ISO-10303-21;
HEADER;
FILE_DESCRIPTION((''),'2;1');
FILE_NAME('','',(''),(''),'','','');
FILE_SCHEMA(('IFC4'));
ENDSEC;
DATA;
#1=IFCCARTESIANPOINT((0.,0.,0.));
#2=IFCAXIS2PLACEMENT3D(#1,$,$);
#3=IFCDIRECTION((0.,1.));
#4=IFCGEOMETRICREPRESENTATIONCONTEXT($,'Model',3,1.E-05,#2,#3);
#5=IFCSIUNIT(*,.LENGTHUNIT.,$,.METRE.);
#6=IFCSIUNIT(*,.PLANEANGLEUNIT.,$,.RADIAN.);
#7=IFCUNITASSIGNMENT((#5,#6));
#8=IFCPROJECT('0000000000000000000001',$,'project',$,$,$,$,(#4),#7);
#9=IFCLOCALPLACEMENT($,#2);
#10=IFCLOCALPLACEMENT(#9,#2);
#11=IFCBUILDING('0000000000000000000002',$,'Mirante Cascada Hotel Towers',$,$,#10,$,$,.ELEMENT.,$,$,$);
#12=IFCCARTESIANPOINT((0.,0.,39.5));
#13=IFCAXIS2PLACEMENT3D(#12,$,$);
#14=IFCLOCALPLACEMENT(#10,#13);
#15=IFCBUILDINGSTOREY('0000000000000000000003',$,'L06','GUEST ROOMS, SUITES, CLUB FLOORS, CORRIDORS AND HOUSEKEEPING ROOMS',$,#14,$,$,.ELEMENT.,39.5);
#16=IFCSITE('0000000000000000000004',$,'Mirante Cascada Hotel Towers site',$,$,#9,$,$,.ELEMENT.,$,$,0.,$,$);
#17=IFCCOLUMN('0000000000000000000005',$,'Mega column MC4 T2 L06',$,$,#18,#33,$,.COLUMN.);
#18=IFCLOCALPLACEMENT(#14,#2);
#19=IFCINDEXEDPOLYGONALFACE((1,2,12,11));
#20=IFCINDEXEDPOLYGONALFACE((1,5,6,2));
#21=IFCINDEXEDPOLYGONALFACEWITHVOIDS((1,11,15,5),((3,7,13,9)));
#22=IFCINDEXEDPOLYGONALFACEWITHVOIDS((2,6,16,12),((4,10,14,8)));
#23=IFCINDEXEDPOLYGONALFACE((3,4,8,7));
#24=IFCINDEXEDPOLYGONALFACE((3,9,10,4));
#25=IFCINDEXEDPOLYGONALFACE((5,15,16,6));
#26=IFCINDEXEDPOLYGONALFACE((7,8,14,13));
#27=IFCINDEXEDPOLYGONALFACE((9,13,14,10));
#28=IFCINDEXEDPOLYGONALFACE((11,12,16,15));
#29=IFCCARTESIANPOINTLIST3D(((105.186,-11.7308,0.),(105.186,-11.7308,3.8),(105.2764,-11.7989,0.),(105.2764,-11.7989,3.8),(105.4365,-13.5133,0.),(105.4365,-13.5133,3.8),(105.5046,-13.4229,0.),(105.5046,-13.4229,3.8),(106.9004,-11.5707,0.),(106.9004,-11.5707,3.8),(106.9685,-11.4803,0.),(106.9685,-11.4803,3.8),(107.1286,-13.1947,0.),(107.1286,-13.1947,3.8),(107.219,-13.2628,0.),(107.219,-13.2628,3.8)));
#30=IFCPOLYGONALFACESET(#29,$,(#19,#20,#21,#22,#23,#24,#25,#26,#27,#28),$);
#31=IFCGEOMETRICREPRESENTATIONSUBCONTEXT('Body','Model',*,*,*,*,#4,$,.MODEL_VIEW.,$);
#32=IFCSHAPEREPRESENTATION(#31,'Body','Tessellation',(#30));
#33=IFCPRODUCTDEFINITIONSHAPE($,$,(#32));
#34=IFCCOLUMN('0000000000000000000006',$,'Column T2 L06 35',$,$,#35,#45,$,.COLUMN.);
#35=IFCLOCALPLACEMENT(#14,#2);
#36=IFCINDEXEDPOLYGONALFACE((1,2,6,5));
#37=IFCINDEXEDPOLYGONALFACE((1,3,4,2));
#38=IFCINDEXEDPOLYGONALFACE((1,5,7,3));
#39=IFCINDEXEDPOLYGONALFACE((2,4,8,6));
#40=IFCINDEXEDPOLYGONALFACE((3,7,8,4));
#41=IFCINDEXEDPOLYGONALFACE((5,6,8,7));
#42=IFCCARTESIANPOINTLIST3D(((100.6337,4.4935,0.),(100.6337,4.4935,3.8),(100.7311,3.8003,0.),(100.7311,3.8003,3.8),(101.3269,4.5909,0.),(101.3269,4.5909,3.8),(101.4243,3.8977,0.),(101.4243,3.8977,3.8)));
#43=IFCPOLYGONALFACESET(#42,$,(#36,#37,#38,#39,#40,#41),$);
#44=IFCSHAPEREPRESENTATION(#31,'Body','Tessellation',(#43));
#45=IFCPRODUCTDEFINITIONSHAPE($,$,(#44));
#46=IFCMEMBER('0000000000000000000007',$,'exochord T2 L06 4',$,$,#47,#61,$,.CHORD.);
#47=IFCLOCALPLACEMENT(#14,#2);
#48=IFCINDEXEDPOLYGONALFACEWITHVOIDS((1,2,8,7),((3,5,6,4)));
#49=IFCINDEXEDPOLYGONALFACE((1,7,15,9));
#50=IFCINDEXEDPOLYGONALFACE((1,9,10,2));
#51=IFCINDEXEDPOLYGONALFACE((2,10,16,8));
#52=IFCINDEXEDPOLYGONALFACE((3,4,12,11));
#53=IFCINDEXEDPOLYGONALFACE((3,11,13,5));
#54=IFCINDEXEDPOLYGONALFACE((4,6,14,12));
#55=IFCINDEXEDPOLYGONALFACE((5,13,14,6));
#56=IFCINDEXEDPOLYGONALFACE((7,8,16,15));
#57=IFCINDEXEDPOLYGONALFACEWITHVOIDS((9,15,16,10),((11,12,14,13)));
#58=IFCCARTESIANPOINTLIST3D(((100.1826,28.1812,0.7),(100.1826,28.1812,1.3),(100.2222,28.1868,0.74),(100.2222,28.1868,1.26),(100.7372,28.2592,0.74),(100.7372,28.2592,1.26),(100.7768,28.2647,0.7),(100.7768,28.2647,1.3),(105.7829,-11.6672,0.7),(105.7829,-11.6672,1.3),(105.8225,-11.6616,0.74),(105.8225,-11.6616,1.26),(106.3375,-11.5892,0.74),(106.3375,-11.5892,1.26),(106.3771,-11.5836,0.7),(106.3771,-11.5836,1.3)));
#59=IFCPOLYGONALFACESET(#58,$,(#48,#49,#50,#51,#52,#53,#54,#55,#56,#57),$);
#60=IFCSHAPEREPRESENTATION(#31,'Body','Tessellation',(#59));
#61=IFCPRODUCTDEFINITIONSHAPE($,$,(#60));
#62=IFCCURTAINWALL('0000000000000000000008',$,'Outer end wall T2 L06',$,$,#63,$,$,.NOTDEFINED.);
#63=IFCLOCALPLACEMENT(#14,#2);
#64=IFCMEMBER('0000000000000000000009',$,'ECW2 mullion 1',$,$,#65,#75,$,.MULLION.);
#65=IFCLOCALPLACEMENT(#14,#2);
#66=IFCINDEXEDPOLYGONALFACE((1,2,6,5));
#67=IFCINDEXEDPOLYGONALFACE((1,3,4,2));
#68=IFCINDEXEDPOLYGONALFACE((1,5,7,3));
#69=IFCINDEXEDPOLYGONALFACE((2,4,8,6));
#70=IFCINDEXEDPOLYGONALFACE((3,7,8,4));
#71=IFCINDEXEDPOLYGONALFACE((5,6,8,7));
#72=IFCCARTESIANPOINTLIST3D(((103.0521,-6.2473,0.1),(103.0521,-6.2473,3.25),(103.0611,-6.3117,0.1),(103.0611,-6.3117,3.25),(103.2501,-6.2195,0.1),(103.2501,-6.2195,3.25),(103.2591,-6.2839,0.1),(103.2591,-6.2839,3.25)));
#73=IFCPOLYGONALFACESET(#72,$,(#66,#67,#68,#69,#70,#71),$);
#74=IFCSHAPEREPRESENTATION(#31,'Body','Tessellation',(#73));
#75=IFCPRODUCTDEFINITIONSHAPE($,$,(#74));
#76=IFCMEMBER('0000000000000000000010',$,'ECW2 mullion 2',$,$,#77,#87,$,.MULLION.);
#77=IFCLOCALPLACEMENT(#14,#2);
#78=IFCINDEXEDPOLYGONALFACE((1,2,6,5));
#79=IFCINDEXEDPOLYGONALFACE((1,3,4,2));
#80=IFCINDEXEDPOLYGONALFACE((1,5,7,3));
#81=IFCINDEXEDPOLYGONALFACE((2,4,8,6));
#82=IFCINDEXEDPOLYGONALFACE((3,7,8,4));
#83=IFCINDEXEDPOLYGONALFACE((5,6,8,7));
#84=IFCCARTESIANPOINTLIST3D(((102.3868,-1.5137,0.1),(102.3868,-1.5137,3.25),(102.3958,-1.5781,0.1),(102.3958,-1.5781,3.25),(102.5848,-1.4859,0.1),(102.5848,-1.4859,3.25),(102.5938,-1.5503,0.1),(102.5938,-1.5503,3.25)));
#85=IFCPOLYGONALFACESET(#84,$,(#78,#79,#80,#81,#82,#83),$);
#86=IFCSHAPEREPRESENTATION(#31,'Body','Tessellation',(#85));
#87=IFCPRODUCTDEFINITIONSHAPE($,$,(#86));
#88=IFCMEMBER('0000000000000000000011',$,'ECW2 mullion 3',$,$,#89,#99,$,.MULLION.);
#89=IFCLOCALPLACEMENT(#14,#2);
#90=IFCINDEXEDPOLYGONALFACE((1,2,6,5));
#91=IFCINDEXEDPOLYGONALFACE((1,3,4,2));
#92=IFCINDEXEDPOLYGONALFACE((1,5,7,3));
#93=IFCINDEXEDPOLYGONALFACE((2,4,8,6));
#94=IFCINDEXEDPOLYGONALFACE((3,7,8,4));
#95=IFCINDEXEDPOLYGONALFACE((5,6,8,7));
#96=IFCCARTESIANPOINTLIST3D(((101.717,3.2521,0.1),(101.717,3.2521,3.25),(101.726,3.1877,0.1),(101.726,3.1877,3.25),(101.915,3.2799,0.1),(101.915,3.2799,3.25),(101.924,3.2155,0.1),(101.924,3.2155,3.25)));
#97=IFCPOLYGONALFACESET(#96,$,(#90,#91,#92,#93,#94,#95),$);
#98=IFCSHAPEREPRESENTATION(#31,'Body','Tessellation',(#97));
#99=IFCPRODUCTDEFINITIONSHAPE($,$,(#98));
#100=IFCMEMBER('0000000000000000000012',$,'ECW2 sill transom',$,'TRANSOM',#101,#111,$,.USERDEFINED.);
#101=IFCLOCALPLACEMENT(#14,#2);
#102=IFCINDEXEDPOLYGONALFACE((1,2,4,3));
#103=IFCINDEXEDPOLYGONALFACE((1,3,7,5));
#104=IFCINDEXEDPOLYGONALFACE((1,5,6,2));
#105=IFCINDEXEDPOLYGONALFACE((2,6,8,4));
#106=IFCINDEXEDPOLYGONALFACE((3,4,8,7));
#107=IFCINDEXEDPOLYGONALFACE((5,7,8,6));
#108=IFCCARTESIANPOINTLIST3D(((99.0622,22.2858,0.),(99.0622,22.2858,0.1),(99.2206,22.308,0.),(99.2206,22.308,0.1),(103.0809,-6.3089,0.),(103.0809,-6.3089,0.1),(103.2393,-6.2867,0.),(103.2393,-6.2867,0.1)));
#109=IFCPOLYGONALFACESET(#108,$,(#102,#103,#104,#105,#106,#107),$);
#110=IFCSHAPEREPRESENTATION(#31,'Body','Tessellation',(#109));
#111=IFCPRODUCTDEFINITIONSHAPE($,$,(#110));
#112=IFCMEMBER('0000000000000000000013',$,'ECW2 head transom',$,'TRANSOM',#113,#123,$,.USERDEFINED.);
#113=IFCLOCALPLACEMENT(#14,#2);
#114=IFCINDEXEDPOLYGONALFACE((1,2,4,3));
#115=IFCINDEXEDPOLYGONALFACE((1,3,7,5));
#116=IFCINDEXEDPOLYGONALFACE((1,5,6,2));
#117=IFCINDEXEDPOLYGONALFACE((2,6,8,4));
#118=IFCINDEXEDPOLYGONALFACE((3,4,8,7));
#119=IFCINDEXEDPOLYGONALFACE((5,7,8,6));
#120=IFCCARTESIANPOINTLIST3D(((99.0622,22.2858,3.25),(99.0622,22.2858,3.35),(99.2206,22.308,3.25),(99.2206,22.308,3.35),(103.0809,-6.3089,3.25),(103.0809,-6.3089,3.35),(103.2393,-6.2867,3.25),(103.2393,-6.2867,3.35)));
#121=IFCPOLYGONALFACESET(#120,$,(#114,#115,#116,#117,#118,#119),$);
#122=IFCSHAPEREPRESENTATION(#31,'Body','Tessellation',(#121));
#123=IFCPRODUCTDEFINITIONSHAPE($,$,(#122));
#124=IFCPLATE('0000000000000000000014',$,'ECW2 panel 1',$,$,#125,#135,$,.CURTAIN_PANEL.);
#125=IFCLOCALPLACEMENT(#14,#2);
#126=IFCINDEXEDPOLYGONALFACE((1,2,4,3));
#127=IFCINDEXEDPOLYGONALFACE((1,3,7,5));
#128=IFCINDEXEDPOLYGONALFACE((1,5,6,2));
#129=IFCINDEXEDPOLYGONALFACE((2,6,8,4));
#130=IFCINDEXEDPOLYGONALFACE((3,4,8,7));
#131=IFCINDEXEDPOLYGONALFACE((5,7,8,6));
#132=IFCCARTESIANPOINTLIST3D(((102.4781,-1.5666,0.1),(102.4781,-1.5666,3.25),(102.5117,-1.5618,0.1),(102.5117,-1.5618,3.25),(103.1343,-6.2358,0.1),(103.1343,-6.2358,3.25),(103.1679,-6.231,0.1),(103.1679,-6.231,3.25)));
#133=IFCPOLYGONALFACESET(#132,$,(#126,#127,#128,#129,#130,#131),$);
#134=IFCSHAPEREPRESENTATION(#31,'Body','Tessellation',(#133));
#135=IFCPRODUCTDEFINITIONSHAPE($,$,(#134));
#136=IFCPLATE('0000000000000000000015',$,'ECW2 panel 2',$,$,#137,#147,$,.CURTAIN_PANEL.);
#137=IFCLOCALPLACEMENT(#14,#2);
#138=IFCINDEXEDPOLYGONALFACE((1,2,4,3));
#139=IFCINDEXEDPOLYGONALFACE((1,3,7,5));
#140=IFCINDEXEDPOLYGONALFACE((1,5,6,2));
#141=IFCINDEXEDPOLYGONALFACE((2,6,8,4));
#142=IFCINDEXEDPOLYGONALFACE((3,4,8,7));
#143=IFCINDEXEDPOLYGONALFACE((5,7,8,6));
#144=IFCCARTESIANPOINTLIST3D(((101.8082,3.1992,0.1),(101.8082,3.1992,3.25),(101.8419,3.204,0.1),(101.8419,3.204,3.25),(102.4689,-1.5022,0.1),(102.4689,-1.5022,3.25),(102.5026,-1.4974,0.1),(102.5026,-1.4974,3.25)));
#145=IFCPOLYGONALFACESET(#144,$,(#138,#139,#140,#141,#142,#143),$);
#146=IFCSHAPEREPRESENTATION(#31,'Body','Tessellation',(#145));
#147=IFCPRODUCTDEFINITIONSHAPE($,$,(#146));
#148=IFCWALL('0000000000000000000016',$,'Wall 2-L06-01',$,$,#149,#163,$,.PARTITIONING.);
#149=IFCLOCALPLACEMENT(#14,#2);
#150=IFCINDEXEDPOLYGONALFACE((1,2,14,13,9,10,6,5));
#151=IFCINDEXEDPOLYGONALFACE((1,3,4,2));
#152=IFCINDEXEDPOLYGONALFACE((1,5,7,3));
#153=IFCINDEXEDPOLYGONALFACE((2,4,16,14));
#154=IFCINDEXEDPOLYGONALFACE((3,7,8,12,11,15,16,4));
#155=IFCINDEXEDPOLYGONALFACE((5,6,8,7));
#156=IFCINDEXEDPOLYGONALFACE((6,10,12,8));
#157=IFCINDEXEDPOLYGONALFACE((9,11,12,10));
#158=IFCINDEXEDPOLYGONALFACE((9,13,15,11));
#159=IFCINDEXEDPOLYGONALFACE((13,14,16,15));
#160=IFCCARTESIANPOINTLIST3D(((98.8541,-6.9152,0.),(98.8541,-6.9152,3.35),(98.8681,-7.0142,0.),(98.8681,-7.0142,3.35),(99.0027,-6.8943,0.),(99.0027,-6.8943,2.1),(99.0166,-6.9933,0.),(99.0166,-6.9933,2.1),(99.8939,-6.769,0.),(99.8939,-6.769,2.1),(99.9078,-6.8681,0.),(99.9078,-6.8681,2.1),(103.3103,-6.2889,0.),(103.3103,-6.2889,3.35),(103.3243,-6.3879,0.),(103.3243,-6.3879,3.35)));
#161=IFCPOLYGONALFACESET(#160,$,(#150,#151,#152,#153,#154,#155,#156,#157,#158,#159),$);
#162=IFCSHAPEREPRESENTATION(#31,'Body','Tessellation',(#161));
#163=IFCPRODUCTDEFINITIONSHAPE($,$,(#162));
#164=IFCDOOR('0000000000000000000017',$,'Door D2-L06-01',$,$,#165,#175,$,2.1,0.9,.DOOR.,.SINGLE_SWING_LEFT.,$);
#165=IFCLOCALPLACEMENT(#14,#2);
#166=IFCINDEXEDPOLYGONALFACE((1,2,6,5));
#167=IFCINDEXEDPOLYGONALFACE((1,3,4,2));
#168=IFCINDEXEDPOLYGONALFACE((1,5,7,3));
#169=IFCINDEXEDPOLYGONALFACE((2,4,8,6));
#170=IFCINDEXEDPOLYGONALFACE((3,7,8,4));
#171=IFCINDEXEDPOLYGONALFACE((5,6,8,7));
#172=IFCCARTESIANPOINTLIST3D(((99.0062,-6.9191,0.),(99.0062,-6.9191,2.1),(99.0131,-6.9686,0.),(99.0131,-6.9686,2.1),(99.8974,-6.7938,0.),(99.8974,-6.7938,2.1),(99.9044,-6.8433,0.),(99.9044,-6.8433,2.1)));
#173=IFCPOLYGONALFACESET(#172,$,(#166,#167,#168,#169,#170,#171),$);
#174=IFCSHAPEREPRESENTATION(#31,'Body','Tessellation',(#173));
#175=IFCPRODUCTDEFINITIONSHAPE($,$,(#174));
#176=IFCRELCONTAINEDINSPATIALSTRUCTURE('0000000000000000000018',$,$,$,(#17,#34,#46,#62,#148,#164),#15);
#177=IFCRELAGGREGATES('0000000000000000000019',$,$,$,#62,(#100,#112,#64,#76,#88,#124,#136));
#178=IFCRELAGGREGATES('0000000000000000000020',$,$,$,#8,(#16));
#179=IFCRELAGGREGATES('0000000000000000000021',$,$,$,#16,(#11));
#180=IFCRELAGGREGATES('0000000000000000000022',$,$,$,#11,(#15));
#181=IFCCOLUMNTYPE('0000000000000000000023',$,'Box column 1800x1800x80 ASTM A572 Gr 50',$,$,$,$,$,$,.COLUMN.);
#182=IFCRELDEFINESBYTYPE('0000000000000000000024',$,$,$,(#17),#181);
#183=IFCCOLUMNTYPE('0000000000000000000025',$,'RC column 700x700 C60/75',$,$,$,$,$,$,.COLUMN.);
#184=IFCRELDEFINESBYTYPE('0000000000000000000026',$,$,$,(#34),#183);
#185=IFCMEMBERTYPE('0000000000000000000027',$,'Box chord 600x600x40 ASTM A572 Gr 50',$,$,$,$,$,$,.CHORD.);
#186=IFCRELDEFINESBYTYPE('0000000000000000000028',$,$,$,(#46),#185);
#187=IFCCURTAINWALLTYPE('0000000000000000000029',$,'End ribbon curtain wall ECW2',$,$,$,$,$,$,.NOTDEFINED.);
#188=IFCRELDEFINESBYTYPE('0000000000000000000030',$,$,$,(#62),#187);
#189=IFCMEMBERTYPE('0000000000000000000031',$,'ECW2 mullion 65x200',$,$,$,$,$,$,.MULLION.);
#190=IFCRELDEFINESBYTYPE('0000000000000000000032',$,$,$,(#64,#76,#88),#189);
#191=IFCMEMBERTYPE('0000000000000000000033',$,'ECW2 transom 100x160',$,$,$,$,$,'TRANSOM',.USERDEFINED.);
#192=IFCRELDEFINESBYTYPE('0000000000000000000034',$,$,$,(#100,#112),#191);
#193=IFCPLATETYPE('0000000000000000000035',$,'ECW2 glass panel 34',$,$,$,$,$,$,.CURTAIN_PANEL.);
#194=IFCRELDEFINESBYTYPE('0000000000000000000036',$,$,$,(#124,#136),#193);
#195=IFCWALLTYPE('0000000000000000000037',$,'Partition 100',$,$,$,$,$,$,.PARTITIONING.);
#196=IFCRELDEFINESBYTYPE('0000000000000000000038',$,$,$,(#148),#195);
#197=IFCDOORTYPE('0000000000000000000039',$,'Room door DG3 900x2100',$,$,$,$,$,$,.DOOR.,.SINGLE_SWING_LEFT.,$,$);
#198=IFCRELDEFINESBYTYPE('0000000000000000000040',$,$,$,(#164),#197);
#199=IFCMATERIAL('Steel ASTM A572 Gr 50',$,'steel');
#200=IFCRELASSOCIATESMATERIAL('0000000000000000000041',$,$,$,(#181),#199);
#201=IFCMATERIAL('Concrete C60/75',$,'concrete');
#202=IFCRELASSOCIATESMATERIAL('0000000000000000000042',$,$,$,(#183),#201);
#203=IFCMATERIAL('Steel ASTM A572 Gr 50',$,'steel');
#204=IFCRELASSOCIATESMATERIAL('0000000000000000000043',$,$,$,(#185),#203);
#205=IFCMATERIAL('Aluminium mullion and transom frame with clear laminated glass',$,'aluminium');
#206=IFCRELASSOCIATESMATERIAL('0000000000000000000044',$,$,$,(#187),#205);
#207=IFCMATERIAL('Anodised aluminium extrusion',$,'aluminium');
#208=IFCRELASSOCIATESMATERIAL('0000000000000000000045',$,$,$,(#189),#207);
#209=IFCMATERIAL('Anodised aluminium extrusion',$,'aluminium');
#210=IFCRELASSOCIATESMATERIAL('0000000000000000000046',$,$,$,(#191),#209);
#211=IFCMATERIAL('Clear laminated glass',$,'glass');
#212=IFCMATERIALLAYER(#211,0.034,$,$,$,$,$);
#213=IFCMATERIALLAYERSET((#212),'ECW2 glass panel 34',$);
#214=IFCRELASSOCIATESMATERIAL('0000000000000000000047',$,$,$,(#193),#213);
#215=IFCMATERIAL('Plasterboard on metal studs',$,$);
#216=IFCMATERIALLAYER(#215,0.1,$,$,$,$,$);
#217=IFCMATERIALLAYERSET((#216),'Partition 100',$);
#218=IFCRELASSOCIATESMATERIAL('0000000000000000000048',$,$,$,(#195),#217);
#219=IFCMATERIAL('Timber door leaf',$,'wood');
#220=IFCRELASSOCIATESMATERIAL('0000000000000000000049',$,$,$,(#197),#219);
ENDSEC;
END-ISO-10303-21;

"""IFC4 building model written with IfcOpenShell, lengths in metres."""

from ifc_helpers import new_model, si_unit, direction, frame, frame_2d, origin, origin_2d, place, context, subcontext, project, spatial, rectangle, hollow_rectangle, extrude, material, layer, layer_set, material_profile, profile_set, type_object, element, fill, aggregate, save


model = new_model("IFC4")

# Units and contexts
model_context = context("Model", 3, precision=1e-05, world=origin(), true_north=direction((0.0, 1.0)))
body_context = subcontext(model_context, "Body", "Model", "MODEL_VIEW")
ifc_project = project(units=[si_unit("LENGTHUNIT", "METRE"), si_unit("PLANEANGLEUNIT", "RADIAN")], contexts=[model_context])

# Site, building, storey
site_placement = place(None, origin())
site = spatial("IfcSite", under=ifc_project, at=site_placement, Name="Mirante Cascada Hotel Towers site", CompositionType="ELEMENT", RefElevation=0.0)
building_placement = place(site_placement, origin())
building = spatial("IfcBuilding", under=site, at=building_placement, Name="Mirante Cascada Hotel Towers", CompositionType="ELEMENT")
storey_placement = place(building_placement, frame((0.0, 0.0, 39.5)))
storey = spatial("IfcBuildingStorey", under=building, at=storey_placement, Name="L06", Description="GUEST ROOMS, SUITES, CLUB FLOORS, CORRIDORS AND HOUSEKEEPING ROOMS", CompositionType="ELEMENT", Elevation=39.5)

# Columns
ifc_material_1 = material(Name="Steel ASTM A572 Gr 50", Category="steel")
ifc_material_profile_1 = material_profile(ifc_material_1, hollow_rectangle(XDim=1.8, YDim=1.8, WallThickness=0.08, at=origin_2d()), Name="Box column 1800x1800x80 ASTM A572 Gr 50")
ifc_profile_set_1 = profile_set([ifc_material_profile_1], Name="Steel ASTM A572 Gr 50")
column_type_1 = type_object("IfcColumnType", Name="Box column 1800x1800x80 ASTM A572 Gr 50", PredefinedType="COLUMN", material=ifc_profile_set_1)
column_1_placement = place(storey_placement, frame((106.2025, -12.4968, 0.0), z_axis=(0.0, 0.0, 1.0), x_axis=(0.990268, 0.139173, 0.0)))
element("IfcColumn", 1, at=column_1_placement, inside=storey, type_object=column_type_1, Name="Mega column MC4 T2 L06", PredefinedType="COLUMN", context=body_context, shape_type="SweptSolid", body=[
    extrude(hollow_rectangle(XDim=1.8, YDim=1.8, WallThickness=0.08, at=origin_2d()), origin(), (0.0, 0.0, 1.0), 3.8),
])
ifc_material_2 = material(Name="Concrete C60/75", Category="concrete")
ifc_material_profile_2 = material_profile(ifc_material_2, rectangle(XDim=0.7, YDim=0.7, at=origin_2d()), Name="RC column 700x700 C60/75")
ifc_profile_set_2 = profile_set([ifc_material_profile_2], Name="Concrete C60/75")
column_type_2 = type_object("IfcColumnType", Name="RC column 700x700 C60/75", PredefinedType="COLUMN", material=ifc_profile_set_2)
column_2_placement = place(storey_placement, frame((101.029, 4.1956, 0.0), z_axis=(0.0, 0.0, 1.0), x_axis=(0.990268, 0.139173, 0.0)))
element("IfcColumn", 2, at=column_2_placement, inside=storey, type_object=column_type_2, Name="Column T2 L06 35", PredefinedType="COLUMN", context=body_context, shape_type="SweptSolid", body=[
    extrude(rectangle(XDim=0.7, YDim=0.7, at=origin_2d()), origin(), (0.0, 0.0, 1.0), 3.8),
])

# Member
ifc_material_3 = material(Name="Steel ASTM A572 Gr 50", Category="steel")
ifc_material_profile_3 = material_profile(ifc_material_3, hollow_rectangle(XDim=0.6, YDim=0.6, WallThickness=0.04, at=origin_2d()), Name="Box chord 600x600x40 ASTM A572 Gr 50")
ifc_profile_set_3 = profile_set([ifc_material_profile_3], Name="Steel ASTM A572 Gr 50")
member_type_1 = type_object("IfcMemberType", Name="Box chord 600x600x40 ASTM A572 Gr 50", PredefinedType="CHORD", material=ifc_profile_set_3)
member_1_placement = place(storey_placement, frame((106.08, -11.6254, 1.0), z_axis=(-0.139172, 0.990268, 0.0), x_axis=(-0.990268, -0.139172, 0.0)))
element("IfcMember", 3, at=member_1_placement, inside=storey, type_object=member_type_1, Name="exochord T2 L06 4", PredefinedType="CHORD", context=body_context, shape_type="SweptSolid", body=[
    extrude(hollow_rectangle(XDim=0.6, YDim=0.6, WallThickness=0.04, at=origin_2d()), origin(), (0.0, 0.0, 1.0), 40.24),
])

# Curtain wall, members, plates
ifc_material_4 = material(Name="Aluminium mullion and transom frame with clear laminated glass", Category="aluminium")
curtain_wall_type = type_object("IfcCurtainWallType", Name="End ribbon curtain wall ECW2", PredefinedType="NOTDEFINED", material=ifc_material_4)
curtain_wall_placement = place(storey_placement, origin())
curtain_wall = element("IfcCurtainWall", 4, at=curtain_wall_placement, inside=storey, type_object=curtain_wall_type, Name="Outer end wall T2 L06", PredefinedType="NOTDEFINED")
ifc_material_5 = material(Name="Anodised aluminium extrusion", Category="aluminium")
ifc_material_profile_4 = material_profile(ifc_material_5, rectangle(XDim=0.2, YDim=0.065, at=origin_2d()), Name="ECW2 MULLION 65x200")
ifc_profile_set_4 = profile_set([ifc_material_profile_4], Name="Anodised aluminium extrusion")
member_type_2 = type_object("IfcMemberType", Name="ECW2 mullion 65x200", PredefinedType="MULLION", material=ifc_profile_set_4)
member_2_placement = place(storey_placement, frame((103.1556, -6.2656, 0.1), z_axis=(0.0, 0.0, 1.0), x_axis=(-0.990268, -0.139173, 0.0)))
member_2 = element("IfcMember", 5, at=member_2_placement, type_object=member_type_2, Name="ECW2 mullion 1", PredefinedType="MULLION", context=body_context, shape_type="SweptSolid", body=[
    extrude(rectangle(XDim=0.2, YDim=0.065, at=origin_2d()), origin(), (0.0, 0.0, 1.0), 3.15),
])
member_3_placement = place(storey_placement, frame((102.4903, -1.532, 0.1), z_axis=(0.0, 0.0, 1.0), x_axis=(-0.990268, -0.139173, 0.0)))
member_3 = element("IfcMember", 6, at=member_3_placement, type_object=member_type_2, Name="ECW2 mullion 2", PredefinedType="MULLION", context=body_context, shape_type="SweptSolid", body=[
    extrude(rectangle(XDim=0.2, YDim=0.065, at=origin_2d()), origin(), (0.0, 0.0, 1.0), 3.15),
])
member_4_placement = place(storey_placement, frame((101.8205, 3.2338, 0.1), z_axis=(0.0, 0.0, 1.0), x_axis=(-0.990268, -0.139173, 0.0)))
member_4 = element("IfcMember", 7, at=member_4_placement, type_object=member_type_2, Name="ECW2 mullion 3", PredefinedType="MULLION", context=body_context, shape_type="SweptSolid", body=[
    extrude(rectangle(XDim=0.2, YDim=0.065, at=origin_2d()), origin(), (0.0, 0.0, 1.0), 3.15),
])
ifc_material_6 = material(Name="Anodised aluminium extrusion", Category="aluminium")
ifc_material_profile_5 = material_profile(ifc_material_6, rectangle(XDim=0.16, YDim=0.1, at=origin_2d()), Name="ECW2 TRANSOM 100x160")
ifc_profile_set_5 = profile_set([ifc_material_profile_5], Name="Anodised aluminium extrusion")
member_type_3 = type_object("IfcMemberType", Name="ECW2 transom 100x160", ElementType="TRANSOM", PredefinedType="USERDEFINED", material=ifc_profile_set_5)
member_5_placement = place(storey_placement, frame((103.1601, -6.2978, 0.05), z_axis=(-0.139172, 0.990268, 0.0), x_axis=(-0.990268, -0.139172, 0.0)))
member_5 = element("IfcMember", 8, at=member_5_placement, type_object=member_type_3, Name="ECW2 sill transom", ObjectType="TRANSOM", PredefinedType="USERDEFINED", context=body_context, shape_type="SweptSolid", body=[
    extrude(rectangle(XDim=0.16, YDim=0.1, at=origin_2d()), origin(), (0.0, 0.0, 1.0), 28.8757),
])
member_6_placement = place(storey_placement, frame((103.1601, -6.2978, 3.3), z_axis=(-0.139172, 0.990268, 0.0), x_axis=(-0.990268, -0.139172, 0.0)))
member_6 = element("IfcMember", 9, at=member_6_placement, type_object=member_type_3, Name="ECW2 head transom", ObjectType="TRANSOM", PredefinedType="USERDEFINED", context=body_context, shape_type="SweptSolid", body=[
    extrude(rectangle(XDim=0.16, YDim=0.1, at=origin_2d()), origin(), (0.0, 0.0, 1.0), 28.8757),
])
ifc_material_7 = material(Name="Clear laminated glass", Category="glass")
ifc_layer_1 = layer(ifc_material_7, 0.034)
ifc_layer_set_1 = layer_set([ifc_layer_1], Name="ECW2 glass panel 34")
plate_type = type_object("IfcPlateType", Name="ECW2 glass panel 34", PredefinedType="CURTAIN_PANEL", material=ifc_layer_set_1)
plate_1_placement = place(storey_placement, frame((102.823, -3.8988, 0.1), z_axis=(0.0, 0.0, 1.0), x_axis=(-0.139173, 0.990268, 0.0)))
plate_1 = element("IfcPlate", 10, at=plate_1_placement, type_object=plate_type, Name="ECW2 panel 1", PredefinedType="CURTAIN_PANEL", context=body_context, shape_type="SweptSolid", body=[
    extrude(rectangle(XDim=4.7151, YDim=0.034, at=origin_2d()), origin(), (0.0, 0.0, 1.0), 3.15),
])
plate_2_placement = place(storey_placement, frame((102.1554, 0.8509, 0.1), z_axis=(0.0, 0.0, 1.0), x_axis=(-0.139173, 0.990268, 0.0)))
plate_2 = element("IfcPlate", 11, at=plate_2_placement, type_object=plate_type, Name="ECW2 panel 2", PredefinedType="CURTAIN_PANEL", context=body_context, shape_type="SweptSolid", body=[
    extrude(rectangle(XDim=4.7476, YDim=0.034, at=origin_2d()), origin(), (0.0, 0.0, 1.0), 3.15),
])
aggregate(curtain_wall, [member_5, member_6, member_2, member_3, member_4, plate_1, plate_2])

# Wall, opening, door
ifc_material_8 = material(Name="Plasterboard on metal studs")
ifc_layer_2 = layer(ifc_material_8, 0.1)
ifc_layer_set_2 = layer_set([ifc_layer_2], Name="Partition 100")
wall_type_1 = type_object("IfcWallType", Name="Partition 100", PredefinedType="PARTITIONING", material=ifc_layer_set_2)
wall_1_placement = place(storey_placement, frame((98.8611, -6.9647, 0.0), z_axis=(0.0, 0.0, 1.0), x_axis=(0.990267, 0.139178, 0.0)))
wall_1 = element("IfcWall", 12, at=wall_1_placement, inside=storey, type_object=wall_type_1, Name="Wall 2-L06-01", PredefinedType="PARTITIONING", context=body_context, shape_type="SweptSolid", body=[
    extrude(rectangle(XDim=4.5, YDim=0.1, at=frame_2d((2.25, 0.0))), origin(), (0.0, 0.0, 1.0), 3.35),
])
opening_1_placement = place(wall_1_placement, frame((0.15, 0.0, 0.0)))
opening_1 = element("IfcOpeningElement", 13, at=opening_1_placement, cuts=wall_1, PredefinedType="OPENING", context=body_context, shape_type="SweptSolid", body=[
    extrude(rectangle(XDim=0.9, YDim=2.1, at=frame_2d((0.45, 1.05))), frame((0.0, 0.05, 0.0), z_axis=(0.0, -1.0, 0.0), x_axis=(1.0, 0.0, 0.0)), (0.0, 0.0, 1.0), 0.1),
])
ifc_material_9 = material(Name="Timber door leaf", Category="wood")
door_type_1 = type_object("IfcDoorType", Name="Room door DG3 900x2100", OperationType="SINGLE_SWING_LEFT", PredefinedType="DOOR", material=ifc_material_9)
door_1_placement = place(opening_1_placement, origin())
door_1 = element("IfcDoor", 14, at=door_1_placement, inside=storey, type_object=door_type_1, Name="Door D2-L06-01", OperationType="SINGLE_SWING_LEFT", OverallHeight=2.1, OverallWidth=0.9, PredefinedType="DOOR", context=body_context, shape_type="SweptSolid", body=[
    extrude(rectangle(XDim=0.9, YDim=2.1, at=frame_2d((0.45, 1.05))), frame((0.0, 0.025, 0.0), z_axis=(0.0, -1.0, 0.0), x_axis=(1.0, 0.0, 0.0)), (0.0, 0.0, 1.0), 0.05),
])
fill(opening_1, door_1)

save(model, "model.ifc")
